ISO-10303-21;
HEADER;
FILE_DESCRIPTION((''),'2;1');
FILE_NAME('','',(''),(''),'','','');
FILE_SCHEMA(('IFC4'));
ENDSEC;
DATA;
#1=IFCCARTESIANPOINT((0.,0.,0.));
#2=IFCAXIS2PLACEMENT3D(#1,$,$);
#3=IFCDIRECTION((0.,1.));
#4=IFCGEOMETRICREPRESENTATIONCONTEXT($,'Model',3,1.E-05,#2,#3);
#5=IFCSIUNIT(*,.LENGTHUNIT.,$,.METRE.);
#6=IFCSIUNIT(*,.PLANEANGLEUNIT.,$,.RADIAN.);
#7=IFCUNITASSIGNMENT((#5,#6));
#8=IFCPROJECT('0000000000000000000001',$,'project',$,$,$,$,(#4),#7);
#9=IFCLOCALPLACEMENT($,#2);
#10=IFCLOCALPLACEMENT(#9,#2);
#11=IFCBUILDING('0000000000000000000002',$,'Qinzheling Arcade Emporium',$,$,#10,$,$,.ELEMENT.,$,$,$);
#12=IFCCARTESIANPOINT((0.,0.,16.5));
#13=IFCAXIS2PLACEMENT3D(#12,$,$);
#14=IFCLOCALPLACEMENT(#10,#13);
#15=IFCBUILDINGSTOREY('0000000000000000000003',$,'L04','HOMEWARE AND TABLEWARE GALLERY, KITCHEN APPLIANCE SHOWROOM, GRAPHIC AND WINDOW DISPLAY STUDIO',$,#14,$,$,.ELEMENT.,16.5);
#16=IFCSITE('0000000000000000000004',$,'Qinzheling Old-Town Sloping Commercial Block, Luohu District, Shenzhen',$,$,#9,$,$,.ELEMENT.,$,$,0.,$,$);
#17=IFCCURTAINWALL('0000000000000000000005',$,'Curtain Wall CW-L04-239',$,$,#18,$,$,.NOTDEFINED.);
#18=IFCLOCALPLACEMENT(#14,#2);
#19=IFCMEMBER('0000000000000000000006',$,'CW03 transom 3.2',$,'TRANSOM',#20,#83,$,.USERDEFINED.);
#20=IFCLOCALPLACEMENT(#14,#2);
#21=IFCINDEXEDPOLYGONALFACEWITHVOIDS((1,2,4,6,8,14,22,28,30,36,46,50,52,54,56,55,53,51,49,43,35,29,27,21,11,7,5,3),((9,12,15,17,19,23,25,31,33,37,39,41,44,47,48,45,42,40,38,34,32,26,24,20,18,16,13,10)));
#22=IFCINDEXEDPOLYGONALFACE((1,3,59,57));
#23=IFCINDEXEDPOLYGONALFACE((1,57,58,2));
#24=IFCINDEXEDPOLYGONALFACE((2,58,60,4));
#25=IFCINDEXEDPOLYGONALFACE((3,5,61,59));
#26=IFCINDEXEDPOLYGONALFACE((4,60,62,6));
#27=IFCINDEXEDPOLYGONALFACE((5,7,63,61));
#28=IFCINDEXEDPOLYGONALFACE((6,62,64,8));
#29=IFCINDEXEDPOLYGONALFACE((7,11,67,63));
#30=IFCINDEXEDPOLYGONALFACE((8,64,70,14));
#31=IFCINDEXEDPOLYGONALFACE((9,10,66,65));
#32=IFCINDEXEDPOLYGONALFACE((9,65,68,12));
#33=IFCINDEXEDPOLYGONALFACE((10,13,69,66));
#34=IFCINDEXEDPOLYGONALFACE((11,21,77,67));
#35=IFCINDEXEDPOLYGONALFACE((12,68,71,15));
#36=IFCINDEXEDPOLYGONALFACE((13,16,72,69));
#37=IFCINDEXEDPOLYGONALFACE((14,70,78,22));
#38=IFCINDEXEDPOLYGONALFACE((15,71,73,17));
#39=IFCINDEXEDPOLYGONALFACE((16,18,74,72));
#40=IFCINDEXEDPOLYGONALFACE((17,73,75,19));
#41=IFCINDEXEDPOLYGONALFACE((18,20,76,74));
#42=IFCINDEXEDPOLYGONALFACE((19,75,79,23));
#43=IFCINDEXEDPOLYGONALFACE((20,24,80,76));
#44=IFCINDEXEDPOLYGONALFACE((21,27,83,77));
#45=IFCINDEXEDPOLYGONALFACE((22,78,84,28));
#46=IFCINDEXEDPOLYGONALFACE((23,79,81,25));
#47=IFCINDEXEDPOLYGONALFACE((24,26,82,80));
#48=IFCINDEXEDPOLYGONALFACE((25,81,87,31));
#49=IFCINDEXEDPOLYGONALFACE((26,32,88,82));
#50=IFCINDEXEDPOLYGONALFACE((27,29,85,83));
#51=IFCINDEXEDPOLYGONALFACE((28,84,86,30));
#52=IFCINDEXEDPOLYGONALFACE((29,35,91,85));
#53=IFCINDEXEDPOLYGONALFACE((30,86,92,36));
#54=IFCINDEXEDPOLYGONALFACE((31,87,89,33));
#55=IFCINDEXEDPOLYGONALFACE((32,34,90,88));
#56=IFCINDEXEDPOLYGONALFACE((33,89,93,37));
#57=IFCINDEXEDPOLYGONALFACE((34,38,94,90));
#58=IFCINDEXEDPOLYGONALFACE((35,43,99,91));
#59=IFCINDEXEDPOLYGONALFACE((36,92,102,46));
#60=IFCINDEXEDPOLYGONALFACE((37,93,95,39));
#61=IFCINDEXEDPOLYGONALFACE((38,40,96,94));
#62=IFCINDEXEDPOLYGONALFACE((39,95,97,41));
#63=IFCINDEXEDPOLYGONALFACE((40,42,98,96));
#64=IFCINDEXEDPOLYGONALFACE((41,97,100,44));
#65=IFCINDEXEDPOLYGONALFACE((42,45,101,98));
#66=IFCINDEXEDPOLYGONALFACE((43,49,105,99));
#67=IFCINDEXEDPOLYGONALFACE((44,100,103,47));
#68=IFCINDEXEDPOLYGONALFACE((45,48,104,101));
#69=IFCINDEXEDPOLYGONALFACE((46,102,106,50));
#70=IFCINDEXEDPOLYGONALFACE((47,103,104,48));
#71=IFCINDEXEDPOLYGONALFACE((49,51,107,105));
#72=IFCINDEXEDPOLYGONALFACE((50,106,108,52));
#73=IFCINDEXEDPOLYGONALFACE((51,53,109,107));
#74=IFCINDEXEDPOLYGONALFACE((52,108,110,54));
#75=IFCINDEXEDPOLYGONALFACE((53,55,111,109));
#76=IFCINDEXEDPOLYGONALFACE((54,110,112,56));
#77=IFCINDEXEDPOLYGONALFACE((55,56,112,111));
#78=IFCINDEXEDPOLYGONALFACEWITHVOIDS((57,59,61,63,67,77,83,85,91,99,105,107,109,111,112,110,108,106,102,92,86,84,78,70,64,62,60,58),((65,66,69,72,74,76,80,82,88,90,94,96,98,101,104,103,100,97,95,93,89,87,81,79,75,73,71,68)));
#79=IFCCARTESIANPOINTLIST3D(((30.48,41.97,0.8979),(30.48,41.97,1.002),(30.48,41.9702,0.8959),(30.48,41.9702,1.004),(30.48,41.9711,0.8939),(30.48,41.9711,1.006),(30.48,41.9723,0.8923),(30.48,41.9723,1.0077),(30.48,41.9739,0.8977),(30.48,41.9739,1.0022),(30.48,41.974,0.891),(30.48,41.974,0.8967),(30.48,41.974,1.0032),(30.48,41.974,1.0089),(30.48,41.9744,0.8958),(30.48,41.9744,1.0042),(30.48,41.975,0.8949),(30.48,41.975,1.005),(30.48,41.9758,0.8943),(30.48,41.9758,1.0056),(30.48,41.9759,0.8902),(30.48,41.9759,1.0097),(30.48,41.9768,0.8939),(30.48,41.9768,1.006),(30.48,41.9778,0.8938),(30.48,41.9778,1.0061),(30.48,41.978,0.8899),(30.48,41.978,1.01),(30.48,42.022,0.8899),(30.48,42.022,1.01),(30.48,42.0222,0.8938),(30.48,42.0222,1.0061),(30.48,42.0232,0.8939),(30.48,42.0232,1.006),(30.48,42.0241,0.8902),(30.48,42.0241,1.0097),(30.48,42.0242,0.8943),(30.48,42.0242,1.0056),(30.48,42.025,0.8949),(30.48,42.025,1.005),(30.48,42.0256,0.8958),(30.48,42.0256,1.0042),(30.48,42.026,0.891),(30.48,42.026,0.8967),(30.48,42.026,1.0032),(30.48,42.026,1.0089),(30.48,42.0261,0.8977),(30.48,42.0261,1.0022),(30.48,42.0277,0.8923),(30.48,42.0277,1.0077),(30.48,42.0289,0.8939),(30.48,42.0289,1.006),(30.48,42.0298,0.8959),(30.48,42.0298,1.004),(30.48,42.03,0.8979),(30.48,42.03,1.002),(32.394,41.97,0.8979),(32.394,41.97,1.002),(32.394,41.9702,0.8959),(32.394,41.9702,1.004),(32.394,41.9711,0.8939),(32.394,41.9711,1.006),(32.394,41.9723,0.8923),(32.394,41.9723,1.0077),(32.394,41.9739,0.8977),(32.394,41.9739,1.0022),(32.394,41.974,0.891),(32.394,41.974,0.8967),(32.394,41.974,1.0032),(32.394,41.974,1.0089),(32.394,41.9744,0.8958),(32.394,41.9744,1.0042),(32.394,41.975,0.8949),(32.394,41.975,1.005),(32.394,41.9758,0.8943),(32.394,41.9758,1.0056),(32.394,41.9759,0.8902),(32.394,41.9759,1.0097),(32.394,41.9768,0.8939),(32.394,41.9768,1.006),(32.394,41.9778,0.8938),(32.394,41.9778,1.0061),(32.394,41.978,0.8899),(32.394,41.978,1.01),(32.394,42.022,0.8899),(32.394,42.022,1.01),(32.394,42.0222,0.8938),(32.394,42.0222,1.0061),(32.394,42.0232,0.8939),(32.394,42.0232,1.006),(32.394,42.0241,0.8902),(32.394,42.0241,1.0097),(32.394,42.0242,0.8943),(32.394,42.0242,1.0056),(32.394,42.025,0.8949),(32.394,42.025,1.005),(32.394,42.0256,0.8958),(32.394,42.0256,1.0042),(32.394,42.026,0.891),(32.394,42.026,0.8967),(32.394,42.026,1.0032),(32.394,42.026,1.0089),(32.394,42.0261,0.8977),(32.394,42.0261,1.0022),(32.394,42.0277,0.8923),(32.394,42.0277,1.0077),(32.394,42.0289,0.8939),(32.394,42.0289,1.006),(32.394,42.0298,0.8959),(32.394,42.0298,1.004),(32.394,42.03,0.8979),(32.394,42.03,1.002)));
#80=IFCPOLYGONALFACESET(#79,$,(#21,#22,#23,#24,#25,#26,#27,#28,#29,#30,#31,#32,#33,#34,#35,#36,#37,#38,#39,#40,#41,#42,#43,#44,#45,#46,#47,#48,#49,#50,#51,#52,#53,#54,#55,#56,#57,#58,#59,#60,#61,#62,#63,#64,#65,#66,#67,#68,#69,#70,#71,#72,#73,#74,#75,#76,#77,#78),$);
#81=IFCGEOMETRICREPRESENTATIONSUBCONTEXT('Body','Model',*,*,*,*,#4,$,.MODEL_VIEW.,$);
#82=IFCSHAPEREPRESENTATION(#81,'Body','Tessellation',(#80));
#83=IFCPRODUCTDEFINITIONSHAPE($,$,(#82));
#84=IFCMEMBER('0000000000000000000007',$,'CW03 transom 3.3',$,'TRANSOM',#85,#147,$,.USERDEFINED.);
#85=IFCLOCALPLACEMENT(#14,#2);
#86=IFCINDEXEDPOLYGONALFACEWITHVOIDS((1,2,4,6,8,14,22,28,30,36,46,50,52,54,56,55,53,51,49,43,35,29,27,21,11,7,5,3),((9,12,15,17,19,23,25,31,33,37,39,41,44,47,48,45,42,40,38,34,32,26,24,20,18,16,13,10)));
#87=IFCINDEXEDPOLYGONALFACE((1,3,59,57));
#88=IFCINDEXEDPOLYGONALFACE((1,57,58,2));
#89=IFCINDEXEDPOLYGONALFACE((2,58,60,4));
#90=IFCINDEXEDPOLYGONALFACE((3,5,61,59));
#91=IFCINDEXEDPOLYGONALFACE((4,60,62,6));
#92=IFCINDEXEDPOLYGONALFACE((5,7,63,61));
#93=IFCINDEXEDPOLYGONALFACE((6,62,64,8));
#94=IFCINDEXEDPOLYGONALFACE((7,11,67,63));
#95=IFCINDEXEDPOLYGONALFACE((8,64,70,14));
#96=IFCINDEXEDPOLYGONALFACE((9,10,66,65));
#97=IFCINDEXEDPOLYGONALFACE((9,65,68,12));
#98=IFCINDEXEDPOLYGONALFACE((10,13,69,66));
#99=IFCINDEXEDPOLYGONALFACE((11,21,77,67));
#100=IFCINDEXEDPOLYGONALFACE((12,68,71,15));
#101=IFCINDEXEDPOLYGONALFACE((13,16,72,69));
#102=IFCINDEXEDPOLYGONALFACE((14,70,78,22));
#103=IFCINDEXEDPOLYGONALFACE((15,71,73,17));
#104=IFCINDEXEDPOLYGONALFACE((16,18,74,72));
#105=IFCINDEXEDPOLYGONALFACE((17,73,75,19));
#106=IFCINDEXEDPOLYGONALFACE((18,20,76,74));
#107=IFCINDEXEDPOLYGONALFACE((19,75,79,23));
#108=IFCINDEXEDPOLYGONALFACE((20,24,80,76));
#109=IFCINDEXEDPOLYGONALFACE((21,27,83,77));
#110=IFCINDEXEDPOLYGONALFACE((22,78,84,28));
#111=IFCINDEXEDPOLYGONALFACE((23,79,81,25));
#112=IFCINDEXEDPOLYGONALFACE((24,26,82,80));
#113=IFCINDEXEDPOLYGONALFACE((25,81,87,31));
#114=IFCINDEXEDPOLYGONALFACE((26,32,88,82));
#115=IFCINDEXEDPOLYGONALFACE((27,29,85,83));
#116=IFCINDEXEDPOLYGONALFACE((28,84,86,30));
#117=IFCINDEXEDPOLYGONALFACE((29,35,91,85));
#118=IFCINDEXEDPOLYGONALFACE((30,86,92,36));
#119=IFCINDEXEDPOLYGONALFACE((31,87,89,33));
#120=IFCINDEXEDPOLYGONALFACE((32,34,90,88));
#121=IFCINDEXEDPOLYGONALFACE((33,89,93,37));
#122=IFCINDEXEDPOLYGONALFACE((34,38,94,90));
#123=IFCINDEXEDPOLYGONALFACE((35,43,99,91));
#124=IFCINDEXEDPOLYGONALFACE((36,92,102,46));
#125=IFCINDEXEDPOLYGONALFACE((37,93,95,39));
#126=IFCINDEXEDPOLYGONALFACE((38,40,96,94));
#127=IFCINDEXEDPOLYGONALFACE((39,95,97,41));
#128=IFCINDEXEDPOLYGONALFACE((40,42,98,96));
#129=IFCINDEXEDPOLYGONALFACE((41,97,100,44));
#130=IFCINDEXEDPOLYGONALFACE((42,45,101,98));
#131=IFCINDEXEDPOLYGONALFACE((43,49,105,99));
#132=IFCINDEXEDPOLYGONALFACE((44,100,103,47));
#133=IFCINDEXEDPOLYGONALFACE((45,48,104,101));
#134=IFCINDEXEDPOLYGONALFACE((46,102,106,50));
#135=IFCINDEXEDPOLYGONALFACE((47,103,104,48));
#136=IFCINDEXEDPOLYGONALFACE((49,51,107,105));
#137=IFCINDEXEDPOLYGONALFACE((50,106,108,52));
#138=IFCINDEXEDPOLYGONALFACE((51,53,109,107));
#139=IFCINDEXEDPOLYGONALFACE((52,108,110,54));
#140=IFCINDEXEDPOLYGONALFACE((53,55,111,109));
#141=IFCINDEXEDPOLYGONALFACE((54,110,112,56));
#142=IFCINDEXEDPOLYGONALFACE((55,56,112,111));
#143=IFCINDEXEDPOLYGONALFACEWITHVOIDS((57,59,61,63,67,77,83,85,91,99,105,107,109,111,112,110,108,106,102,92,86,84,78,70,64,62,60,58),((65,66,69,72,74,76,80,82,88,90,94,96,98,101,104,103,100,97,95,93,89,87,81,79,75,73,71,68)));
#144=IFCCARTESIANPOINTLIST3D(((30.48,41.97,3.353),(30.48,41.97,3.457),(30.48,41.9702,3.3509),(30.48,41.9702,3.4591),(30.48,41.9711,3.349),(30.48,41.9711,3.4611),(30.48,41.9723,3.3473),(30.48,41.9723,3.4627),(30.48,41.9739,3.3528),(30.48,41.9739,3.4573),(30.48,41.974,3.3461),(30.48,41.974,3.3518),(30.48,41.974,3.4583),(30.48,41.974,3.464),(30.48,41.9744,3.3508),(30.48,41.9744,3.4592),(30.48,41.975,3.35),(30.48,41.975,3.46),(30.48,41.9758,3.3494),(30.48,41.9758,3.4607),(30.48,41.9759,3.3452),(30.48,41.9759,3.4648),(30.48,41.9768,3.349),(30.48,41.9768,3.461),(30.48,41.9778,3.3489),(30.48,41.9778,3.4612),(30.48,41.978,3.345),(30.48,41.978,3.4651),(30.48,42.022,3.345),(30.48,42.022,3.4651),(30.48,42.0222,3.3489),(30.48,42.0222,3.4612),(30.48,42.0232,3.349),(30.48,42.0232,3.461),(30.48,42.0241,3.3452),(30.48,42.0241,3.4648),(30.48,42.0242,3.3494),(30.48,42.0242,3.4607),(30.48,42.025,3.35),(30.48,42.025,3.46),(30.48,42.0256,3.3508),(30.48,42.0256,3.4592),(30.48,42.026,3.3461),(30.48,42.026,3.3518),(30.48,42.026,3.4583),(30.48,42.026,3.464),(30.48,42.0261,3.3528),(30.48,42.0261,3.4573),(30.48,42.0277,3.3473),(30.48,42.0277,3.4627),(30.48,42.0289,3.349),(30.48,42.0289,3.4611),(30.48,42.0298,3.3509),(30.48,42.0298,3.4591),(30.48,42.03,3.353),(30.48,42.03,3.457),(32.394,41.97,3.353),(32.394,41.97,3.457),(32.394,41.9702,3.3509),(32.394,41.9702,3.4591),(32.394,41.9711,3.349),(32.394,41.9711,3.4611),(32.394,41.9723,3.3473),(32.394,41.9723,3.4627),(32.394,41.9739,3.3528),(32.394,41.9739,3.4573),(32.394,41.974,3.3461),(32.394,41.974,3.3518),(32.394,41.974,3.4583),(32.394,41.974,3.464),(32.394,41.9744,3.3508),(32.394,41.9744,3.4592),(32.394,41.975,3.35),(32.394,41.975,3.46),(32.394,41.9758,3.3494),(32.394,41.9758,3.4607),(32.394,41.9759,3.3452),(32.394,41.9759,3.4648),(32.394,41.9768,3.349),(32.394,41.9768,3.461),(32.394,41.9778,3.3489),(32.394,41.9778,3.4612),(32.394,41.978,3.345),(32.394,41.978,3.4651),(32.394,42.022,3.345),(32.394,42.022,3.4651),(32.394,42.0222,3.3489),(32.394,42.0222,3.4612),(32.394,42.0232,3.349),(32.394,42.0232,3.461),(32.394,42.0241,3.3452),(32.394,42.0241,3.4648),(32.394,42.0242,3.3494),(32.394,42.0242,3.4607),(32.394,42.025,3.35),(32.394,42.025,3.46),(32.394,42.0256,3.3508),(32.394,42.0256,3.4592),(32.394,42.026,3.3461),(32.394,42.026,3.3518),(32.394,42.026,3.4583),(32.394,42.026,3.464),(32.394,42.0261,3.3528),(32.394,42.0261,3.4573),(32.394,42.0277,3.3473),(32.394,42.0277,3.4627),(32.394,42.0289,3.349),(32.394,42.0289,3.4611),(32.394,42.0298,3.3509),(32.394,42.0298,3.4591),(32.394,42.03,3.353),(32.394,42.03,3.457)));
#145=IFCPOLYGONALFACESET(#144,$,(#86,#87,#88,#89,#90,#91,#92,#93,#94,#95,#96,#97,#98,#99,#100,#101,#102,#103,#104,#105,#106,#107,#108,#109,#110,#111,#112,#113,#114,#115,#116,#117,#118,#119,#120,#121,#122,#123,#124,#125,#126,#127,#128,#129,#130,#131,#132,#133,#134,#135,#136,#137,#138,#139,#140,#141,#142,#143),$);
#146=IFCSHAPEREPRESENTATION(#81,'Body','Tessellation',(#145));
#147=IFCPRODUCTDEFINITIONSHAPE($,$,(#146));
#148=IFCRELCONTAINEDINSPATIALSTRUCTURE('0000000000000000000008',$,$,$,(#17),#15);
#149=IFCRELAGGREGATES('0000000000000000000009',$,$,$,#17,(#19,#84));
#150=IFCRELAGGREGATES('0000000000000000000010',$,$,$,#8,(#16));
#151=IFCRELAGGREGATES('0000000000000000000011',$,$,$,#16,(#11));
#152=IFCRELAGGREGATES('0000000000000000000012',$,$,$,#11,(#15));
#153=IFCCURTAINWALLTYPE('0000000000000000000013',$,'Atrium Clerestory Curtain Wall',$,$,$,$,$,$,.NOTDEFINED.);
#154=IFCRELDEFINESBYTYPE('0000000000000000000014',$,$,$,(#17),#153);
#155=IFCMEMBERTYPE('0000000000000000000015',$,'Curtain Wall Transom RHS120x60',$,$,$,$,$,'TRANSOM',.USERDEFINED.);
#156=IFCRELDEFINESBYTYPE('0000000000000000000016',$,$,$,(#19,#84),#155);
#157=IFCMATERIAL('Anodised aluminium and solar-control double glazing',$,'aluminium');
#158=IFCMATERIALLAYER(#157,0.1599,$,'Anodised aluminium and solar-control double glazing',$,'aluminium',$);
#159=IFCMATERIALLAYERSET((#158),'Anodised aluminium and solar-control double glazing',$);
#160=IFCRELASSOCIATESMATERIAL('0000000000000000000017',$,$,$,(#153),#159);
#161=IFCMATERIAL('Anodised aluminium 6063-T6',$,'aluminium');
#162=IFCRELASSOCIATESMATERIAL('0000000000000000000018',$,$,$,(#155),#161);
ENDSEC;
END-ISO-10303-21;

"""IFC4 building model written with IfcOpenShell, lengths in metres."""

from ifc_helpers import new_model, si_unit, direction, frame, origin, origin_2d, place, context, subcontext, project, spatial, hollow_rectangle, extrude, material, layer, layer_set, material_profile, profile_set, type_object, element, aggregate, save


model = new_model("IFC4")

# Units and contexts
model_context = context("Model", 3, precision=1e-05, world=origin(), true_north=direction((0.0, 1.0)))
body_context = subcontext(model_context, "Body", "Model", "MODEL_VIEW")
ifc_project = project(units=[si_unit("LENGTHUNIT", "METRE"), si_unit("PLANEANGLEUNIT", "RADIAN")], contexts=[model_context])

# Site, building, storey
site_placement = place(None, origin())
site = spatial("IfcSite", under=ifc_project, at=site_placement, Name="Qinzheling Old-Town Sloping Commercial Block, Luohu District, Shenzhen", CompositionType="ELEMENT", RefElevation=0.0)
building_placement = place(site_placement, origin())
building = spatial("IfcBuilding", under=site, at=building_placement, Name="Qinzheling Arcade Emporium", CompositionType="ELEMENT")
storey_placement = place(building_placement, frame((0.0, 0.0, 16.5)))
storey = spatial("IfcBuildingStorey", under=building, at=storey_placement, Name="L04", Description="HOMEWARE AND TABLEWARE GALLERY, KITCHEN APPLIANCE SHOWROOM, GRAPHIC AND WINDOW DISPLAY STUDIO", CompositionType="ELEMENT", Elevation=16.5)

# Curtain wall, members
ifc_material_1 = material(Name="Anodised aluminium and solar-control double glazing", Category="aluminium")
ifc_layer_1 = layer(ifc_material_1, 0.1599, Name="Anodised aluminium and solar-control double glazing", Category="aluminium")
ifc_layer_set_1 = layer_set([ifc_layer_1], Name="Anodised aluminium and solar-control double glazing")
curtain_wall_type = type_object("IfcCurtainWallType", Name="Atrium Clerestory Curtain Wall", PredefinedType="NOTDEFINED", material=ifc_layer_set_1)
curtain_wall_placement = place(storey_placement, origin())
curtain_wall = element("IfcCurtainWall", 1, at=curtain_wall_placement, inside=storey, type_object=curtain_wall_type, Name="Curtain Wall CW-L04-239", PredefinedType="NOTDEFINED")
ifc_material_2 = material(Name="Anodised aluminium 6063-T6", Category="aluminium")
ifc_material_profile_1 = material_profile(ifc_material_2, hollow_rectangle(XDim=0.0601, YDim=0.1201, WallThickness=0.0039, InnerFilletRadius=0.0039, OuterFilletRadius=0.0081, at=origin_2d()), Name="RHS 120x60x4", Category="aluminium")
ifc_profile_set_1 = profile_set([ifc_material_profile_1], Name="Anodised aluminium 6063-T6")
member_type_1 = type_object("IfcMemberType", Name="Curtain Wall Transom RHS120x60", ElementType="TRANSOM", PredefinedType="USERDEFINED", material=ifc_profile_set_1)
member_1_placement = place(storey_placement, frame((30.48, 42.0, 0.95), z_axis=(1.0, 0.0, 0.0), x_axis=(0.0, 1.0, 0.0)))
member_1 = element("IfcMember", 2, at=member_1_placement, type_object=member_type_1, Name="CW03 transom 3.2", ObjectType="TRANSOM", PredefinedType="USERDEFINED", context=body_context, shape_type="SweptSolid", body=[
    extrude(hollow_rectangle(XDim=0.0601, YDim=0.1201, WallThickness=0.0039, InnerFilletRadius=0.0039, OuterFilletRadius=0.0081, at=origin_2d()), origin(), (0.0, 0.0, 1.0), 1.9141),
])
member_2_placement = place(storey_placement, frame((30.48, 42.0, 3.405), z_axis=(1.0, 0.0, 0.0), x_axis=(0.0, 1.0, 0.0)))
member_2 = element("IfcMember", 3, at=member_2_placement, type_object=member_type_1, Name="CW03 transom 3.3", ObjectType="TRANSOM", PredefinedType="USERDEFINED", context=body_context, shape_type="SweptSolid", body=[
    extrude(hollow_rectangle(XDim=0.0601, YDim=0.1201, WallThickness=0.0039, InnerFilletRadius=0.0039, OuterFilletRadius=0.0081, at=origin_2d()), origin(), (0.0, 0.0, 1.0), 1.9141),
])
aggregate(curtain_wall, [member_1, member_2])

save(model, "model.ifc")
